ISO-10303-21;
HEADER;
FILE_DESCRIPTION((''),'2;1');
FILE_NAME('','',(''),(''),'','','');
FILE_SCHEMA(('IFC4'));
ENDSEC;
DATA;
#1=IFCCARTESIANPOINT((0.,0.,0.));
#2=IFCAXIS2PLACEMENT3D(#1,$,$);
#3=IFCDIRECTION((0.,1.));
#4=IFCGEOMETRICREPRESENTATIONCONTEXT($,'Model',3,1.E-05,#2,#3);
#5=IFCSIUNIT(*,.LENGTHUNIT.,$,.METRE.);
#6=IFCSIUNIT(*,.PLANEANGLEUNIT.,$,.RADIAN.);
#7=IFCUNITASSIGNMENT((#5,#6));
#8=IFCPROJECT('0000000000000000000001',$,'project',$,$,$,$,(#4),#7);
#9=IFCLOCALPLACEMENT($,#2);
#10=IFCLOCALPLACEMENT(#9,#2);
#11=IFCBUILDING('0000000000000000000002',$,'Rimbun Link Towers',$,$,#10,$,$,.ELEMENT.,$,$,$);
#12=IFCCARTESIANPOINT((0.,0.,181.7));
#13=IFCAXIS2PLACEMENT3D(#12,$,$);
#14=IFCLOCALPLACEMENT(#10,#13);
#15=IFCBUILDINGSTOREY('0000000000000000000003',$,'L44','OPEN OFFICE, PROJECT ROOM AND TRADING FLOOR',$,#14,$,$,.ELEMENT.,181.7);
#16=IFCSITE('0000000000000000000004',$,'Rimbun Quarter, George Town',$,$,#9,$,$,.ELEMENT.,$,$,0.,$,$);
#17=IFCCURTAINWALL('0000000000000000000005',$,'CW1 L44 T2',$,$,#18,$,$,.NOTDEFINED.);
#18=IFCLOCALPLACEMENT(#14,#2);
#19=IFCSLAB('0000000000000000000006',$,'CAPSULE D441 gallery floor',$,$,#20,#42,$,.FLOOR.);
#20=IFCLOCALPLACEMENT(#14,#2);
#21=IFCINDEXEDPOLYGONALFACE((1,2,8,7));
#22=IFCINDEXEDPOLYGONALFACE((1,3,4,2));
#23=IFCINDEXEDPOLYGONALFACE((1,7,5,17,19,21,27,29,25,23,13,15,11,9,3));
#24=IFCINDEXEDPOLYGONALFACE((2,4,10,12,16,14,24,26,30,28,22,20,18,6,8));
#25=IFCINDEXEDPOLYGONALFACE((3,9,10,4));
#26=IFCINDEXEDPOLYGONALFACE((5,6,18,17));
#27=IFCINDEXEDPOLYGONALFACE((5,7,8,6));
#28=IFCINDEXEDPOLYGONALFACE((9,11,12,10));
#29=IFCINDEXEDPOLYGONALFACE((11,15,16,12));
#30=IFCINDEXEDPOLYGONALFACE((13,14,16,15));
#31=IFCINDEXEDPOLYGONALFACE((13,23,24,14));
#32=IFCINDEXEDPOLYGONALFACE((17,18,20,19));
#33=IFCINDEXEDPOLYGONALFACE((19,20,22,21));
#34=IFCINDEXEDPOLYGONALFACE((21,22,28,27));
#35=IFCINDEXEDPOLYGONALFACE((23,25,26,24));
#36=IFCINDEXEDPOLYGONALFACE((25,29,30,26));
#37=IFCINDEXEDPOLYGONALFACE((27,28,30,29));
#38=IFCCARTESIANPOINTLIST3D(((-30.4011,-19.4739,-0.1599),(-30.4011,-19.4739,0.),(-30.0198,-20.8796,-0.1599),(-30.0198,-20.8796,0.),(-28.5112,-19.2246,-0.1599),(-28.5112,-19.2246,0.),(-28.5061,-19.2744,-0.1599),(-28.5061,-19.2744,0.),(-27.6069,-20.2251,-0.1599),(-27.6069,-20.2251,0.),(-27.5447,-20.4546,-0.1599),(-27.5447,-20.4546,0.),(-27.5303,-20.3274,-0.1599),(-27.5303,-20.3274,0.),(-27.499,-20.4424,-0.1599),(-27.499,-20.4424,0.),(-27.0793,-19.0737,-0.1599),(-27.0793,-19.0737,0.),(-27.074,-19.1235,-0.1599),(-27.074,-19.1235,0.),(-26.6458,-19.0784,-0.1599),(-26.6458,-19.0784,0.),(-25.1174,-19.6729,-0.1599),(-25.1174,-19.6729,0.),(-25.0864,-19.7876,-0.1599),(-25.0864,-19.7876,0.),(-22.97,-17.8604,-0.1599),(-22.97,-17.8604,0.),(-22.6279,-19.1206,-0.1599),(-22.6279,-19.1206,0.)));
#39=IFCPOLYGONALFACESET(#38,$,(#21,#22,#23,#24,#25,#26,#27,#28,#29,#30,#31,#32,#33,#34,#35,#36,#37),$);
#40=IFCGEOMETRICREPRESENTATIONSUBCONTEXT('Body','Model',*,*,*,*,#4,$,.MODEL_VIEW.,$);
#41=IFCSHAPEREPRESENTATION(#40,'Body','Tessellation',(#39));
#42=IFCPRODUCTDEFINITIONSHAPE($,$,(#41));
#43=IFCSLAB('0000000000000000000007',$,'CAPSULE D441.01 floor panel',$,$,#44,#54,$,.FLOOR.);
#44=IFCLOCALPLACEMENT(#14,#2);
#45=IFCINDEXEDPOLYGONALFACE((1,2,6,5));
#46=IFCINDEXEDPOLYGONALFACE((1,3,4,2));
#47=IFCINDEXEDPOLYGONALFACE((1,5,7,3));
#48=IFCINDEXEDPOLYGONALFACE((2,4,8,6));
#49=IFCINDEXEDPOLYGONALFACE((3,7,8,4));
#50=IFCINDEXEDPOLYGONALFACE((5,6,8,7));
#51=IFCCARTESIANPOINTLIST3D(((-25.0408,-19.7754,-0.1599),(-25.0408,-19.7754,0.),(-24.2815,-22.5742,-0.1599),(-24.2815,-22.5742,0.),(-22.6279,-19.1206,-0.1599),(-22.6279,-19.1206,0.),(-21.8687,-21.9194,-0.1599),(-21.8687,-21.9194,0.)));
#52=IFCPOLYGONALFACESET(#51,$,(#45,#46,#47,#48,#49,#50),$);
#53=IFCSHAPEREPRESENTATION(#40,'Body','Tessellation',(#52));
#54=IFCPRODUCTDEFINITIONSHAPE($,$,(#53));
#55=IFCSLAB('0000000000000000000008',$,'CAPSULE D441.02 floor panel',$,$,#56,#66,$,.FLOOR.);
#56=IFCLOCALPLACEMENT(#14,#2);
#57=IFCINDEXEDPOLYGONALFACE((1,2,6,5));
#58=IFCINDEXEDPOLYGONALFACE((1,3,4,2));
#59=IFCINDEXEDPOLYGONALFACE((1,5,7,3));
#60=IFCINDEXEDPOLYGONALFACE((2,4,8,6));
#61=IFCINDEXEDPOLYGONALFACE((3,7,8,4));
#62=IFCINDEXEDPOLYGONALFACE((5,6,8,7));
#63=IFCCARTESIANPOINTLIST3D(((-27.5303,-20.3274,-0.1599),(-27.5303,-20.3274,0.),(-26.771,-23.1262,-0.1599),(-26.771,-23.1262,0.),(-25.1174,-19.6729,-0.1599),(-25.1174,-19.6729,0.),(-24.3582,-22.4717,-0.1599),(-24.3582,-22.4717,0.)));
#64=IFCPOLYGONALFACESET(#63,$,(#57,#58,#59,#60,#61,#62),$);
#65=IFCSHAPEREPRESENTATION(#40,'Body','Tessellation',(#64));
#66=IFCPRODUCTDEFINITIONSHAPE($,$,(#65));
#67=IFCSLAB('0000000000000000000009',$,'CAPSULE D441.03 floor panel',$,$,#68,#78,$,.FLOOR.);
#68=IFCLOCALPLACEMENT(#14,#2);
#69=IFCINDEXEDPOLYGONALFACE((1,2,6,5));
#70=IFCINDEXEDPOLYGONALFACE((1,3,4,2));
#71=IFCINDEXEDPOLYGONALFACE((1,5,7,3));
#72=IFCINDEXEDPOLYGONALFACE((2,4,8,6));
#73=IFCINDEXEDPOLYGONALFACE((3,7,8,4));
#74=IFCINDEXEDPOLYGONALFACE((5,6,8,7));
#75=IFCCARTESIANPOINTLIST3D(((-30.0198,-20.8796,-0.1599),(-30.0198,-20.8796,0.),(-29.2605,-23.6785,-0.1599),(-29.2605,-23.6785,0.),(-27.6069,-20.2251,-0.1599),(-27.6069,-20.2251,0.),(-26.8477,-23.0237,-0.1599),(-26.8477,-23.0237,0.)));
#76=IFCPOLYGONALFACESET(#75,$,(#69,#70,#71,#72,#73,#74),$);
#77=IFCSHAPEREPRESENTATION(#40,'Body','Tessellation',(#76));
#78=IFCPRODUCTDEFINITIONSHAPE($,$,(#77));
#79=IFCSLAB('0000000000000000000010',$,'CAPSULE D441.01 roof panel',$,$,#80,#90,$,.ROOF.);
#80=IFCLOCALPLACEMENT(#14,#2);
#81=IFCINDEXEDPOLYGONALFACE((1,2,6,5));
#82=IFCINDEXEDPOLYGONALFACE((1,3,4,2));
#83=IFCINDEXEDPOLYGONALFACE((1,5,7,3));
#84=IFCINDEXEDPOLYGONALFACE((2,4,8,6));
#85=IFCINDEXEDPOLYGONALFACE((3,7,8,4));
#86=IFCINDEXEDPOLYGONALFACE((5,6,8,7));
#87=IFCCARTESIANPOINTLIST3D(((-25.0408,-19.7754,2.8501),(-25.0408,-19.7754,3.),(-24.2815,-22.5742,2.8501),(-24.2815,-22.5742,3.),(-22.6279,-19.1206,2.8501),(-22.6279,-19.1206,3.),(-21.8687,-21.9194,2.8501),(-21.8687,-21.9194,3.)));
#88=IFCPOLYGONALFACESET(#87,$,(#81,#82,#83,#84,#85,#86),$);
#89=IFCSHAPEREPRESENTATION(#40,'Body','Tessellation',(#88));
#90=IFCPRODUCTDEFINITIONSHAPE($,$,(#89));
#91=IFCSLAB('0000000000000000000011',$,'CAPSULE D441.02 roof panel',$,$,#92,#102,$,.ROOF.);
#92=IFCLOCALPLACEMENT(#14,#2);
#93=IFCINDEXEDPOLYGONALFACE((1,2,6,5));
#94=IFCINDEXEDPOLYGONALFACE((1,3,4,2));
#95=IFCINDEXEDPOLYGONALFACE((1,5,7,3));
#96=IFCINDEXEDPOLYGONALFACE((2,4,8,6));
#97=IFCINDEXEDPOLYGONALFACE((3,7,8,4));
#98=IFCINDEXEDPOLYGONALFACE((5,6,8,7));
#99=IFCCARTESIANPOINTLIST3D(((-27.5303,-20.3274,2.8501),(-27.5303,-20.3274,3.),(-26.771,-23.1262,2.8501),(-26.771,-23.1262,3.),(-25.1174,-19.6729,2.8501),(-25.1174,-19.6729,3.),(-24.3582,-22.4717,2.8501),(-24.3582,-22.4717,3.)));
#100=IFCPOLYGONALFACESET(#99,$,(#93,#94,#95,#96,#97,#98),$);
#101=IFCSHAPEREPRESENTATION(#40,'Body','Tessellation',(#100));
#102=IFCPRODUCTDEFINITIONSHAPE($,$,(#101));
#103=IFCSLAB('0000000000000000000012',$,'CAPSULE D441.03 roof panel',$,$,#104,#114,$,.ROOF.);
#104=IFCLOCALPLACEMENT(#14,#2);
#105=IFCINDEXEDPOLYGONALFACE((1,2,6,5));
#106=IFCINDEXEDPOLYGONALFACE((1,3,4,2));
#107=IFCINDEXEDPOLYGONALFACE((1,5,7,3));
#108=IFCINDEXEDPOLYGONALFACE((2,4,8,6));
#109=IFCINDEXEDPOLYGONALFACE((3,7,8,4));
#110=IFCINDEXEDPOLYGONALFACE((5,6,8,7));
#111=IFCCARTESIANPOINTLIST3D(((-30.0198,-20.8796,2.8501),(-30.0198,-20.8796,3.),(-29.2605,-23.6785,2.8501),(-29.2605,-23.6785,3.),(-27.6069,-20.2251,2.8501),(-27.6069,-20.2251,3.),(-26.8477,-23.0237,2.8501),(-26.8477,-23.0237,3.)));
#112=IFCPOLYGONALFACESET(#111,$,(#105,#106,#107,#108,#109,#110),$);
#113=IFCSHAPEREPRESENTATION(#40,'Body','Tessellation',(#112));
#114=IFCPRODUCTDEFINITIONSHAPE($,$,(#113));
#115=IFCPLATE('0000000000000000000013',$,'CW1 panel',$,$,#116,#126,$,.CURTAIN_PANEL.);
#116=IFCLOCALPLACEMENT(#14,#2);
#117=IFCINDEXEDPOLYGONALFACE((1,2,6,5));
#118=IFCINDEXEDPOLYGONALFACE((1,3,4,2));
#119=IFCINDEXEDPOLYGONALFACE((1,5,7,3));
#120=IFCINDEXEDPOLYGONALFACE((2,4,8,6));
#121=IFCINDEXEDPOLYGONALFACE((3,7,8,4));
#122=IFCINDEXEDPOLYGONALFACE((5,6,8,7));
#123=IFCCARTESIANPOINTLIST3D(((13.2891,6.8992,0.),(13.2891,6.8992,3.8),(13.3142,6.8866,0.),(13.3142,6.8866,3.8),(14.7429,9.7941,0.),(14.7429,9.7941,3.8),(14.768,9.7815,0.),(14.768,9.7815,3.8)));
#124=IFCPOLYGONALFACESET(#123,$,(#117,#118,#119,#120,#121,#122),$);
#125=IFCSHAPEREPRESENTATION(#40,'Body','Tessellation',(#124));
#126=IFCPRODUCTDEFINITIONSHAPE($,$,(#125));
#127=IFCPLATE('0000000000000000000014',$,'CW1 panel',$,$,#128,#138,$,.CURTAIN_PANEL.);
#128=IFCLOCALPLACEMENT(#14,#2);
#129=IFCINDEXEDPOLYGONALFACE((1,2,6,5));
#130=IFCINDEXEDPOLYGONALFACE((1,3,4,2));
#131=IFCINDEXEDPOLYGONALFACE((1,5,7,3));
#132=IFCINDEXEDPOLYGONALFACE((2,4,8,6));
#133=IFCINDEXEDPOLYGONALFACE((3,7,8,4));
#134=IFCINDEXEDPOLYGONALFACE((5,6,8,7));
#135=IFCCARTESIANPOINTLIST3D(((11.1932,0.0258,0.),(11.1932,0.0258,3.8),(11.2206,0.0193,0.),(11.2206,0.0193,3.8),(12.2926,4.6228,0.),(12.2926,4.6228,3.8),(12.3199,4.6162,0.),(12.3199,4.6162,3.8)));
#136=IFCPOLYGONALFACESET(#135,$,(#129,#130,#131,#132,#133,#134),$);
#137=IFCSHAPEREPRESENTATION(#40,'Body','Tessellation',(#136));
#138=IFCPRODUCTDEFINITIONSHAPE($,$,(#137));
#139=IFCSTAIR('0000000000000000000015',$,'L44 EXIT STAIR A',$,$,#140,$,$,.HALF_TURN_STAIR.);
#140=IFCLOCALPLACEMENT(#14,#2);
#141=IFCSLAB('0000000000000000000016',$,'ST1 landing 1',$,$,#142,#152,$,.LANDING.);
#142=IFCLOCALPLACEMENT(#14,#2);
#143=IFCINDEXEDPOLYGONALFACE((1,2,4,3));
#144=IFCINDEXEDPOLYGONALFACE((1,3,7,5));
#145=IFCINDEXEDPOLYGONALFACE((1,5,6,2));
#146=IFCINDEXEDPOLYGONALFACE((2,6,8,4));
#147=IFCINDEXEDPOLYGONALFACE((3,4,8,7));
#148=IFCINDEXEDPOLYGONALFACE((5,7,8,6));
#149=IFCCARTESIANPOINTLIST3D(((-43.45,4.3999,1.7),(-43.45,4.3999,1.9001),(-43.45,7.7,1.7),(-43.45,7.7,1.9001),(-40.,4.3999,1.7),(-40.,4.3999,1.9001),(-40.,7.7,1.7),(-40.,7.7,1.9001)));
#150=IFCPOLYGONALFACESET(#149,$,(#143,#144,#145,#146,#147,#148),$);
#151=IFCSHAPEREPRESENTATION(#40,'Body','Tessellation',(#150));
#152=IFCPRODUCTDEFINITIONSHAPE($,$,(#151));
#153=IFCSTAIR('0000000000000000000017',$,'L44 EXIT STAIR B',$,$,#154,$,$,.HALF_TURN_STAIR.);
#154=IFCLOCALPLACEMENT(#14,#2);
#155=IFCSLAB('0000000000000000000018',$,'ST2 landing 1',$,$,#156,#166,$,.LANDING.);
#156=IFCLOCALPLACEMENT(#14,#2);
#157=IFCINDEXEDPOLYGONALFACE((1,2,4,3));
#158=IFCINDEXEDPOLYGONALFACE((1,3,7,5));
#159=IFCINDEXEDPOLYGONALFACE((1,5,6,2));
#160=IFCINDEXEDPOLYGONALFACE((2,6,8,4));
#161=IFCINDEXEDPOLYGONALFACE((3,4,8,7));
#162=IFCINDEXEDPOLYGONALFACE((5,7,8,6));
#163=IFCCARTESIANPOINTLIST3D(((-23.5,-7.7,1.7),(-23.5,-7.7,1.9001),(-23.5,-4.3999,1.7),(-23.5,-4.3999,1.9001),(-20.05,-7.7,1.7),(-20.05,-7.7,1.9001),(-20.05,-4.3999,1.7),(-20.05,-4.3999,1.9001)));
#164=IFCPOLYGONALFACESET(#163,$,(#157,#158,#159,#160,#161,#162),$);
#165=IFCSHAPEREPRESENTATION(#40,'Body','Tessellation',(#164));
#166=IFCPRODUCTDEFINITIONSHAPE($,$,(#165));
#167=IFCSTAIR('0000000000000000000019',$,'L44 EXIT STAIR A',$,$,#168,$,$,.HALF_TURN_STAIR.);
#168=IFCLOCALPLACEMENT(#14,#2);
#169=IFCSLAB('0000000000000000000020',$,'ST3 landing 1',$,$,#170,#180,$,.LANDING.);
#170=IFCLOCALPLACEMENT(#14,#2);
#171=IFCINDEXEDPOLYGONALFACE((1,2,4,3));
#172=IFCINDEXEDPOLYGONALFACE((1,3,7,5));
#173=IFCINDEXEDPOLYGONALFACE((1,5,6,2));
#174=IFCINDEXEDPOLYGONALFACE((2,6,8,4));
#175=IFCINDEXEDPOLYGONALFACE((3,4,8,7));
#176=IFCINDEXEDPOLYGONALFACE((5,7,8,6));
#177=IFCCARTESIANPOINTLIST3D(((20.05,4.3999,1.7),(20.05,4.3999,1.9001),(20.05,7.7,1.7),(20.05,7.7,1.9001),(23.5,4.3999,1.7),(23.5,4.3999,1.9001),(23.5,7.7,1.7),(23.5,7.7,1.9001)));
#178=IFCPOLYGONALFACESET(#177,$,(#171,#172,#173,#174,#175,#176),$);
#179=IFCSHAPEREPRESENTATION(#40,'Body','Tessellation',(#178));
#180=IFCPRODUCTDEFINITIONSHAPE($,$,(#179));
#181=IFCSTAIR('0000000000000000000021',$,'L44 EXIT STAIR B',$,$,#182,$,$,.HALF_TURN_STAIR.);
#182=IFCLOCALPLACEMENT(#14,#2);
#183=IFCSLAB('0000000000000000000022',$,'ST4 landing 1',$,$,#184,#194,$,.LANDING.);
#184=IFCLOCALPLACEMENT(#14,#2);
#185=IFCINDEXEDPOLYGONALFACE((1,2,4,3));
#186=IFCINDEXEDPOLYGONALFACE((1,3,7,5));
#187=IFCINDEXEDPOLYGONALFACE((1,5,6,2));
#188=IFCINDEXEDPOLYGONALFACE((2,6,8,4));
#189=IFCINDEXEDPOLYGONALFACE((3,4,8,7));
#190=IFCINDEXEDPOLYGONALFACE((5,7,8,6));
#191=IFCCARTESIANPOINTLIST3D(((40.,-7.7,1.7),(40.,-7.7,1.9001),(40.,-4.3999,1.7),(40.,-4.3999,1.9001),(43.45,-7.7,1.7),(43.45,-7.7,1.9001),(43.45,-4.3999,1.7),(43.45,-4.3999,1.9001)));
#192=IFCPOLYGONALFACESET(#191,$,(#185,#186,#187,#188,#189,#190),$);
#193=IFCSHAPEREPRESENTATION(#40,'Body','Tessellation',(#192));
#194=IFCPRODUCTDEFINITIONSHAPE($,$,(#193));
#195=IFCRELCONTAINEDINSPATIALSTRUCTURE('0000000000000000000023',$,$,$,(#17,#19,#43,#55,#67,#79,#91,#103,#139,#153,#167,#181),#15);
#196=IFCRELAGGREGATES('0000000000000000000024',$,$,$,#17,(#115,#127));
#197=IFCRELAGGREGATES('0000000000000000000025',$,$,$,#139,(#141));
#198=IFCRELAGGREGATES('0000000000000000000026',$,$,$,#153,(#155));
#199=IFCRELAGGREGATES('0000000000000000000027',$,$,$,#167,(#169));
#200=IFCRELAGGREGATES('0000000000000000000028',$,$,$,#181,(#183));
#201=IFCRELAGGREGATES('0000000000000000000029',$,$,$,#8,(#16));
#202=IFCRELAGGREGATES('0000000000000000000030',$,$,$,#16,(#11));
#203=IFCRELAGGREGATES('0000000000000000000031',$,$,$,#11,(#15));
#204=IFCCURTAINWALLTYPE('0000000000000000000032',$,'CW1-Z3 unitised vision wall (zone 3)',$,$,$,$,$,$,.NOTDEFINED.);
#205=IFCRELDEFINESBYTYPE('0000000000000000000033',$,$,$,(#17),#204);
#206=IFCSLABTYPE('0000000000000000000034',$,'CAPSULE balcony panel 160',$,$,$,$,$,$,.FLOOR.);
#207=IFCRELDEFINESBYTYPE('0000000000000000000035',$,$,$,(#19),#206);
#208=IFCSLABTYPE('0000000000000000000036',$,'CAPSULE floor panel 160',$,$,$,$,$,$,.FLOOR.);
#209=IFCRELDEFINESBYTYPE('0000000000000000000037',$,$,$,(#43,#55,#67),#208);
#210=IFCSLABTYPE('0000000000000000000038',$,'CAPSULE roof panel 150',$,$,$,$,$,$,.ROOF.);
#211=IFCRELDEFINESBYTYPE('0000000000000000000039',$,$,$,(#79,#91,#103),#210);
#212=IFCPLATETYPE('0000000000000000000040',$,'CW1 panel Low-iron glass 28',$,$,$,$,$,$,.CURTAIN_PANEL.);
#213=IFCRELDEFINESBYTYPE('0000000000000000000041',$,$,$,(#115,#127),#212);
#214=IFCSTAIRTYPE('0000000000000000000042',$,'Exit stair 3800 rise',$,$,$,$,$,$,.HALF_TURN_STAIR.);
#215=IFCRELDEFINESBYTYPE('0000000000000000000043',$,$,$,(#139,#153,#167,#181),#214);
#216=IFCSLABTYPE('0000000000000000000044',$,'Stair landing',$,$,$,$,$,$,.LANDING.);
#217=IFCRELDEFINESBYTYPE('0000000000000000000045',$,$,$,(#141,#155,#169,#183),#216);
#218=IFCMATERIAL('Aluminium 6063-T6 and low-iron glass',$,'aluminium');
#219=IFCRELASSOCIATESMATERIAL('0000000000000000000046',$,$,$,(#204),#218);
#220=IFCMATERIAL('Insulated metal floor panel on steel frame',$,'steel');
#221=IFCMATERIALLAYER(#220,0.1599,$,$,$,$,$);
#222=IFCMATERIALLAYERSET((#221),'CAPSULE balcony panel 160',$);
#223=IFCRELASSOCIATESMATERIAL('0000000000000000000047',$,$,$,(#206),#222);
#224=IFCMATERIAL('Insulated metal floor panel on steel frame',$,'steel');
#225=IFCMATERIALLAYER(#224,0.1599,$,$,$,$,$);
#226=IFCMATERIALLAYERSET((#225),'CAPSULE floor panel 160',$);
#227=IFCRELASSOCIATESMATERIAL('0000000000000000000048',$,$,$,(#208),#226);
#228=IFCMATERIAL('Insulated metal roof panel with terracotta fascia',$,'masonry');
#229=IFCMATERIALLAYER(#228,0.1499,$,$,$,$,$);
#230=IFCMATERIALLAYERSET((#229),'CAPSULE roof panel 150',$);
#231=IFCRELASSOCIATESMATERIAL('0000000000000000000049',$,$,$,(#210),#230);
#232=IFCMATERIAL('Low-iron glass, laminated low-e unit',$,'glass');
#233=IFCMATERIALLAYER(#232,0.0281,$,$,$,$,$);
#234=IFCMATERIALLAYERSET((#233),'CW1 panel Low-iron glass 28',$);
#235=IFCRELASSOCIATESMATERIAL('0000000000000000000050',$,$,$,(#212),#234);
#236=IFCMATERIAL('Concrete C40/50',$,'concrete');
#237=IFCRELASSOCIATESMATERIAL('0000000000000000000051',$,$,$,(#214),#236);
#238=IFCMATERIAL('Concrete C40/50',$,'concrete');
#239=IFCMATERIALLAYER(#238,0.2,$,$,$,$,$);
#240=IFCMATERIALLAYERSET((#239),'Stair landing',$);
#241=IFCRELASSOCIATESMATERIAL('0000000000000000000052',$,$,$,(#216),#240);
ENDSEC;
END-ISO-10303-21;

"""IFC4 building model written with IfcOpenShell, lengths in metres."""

from ifc_helpers import new_model, si_unit, direction, frame, origin, origin_2d, place, context, subcontext, project, spatial, polyline, rectangle, outline, extrude, material, layer, layer_set, type_object, element, aggregate, save


model = new_model("IFC4")

# Units and contexts
model_context = context("Model", 3, precision=1e-05, world=origin(), true_north=direction((0.0, 1.0)))
body_context = subcontext(model_context, "Body", "Model", "MODEL_VIEW")
ifc_project = project(units=[si_unit("LENGTHUNIT", "METRE"), si_unit("PLANEANGLEUNIT", "RADIAN")], contexts=[model_context])

# Site, building, storey
site_placement = place(None, origin())
site = spatial("IfcSite", under=ifc_project, at=site_placement, Name="Rimbun Quarter, George Town", CompositionType="ELEMENT", RefElevation=0.0)
building_placement = place(site_placement, origin())
building = spatial("IfcBuilding", under=site, at=building_placement, Name="Rimbun Link Towers", CompositionType="ELEMENT")
storey_placement = place(building_placement, frame((0.0, 0.0, 181.7)))
storey = spatial("IfcBuildingStorey", under=building, at=storey_placement, Name="L44", Description="OPEN OFFICE, PROJECT ROOM AND TRADING FLOOR", CompositionType="ELEMENT", Elevation=181.7)

# Curtain wall
ifc_material_1 = material(Name="Aluminium 6063-T6 and low-iron glass", Category="aluminium")
curtain_wall_type = type_object("IfcCurtainWallType", Name="CW1-Z3 unitised vision wall (zone 3)", PredefinedType="NOTDEFINED", material=ifc_material_1)
curtain_wall_placement = place(storey_placement, origin())
curtain_wall = element("IfcCurtainWall", 1, at=curtain_wall_placement, inside=storey, type_object=curtain_wall_type, Name="CW1 L44 T2", PredefinedType="NOTDEFINED")

# Slabs
ifc_material_2 = material(Name="Insulated metal floor panel on steel frame", Category="steel")
ifc_layer_1 = layer(ifc_material_2, 0.1599)
ifc_layer_set_1 = layer_set([ifc_layer_1], Name="CAPSULE balcony panel 160")
slab_type_1 = type_object("IfcSlabType", Name="CAPSULE balcony panel 160", PredefinedType="FLOOR", material=ifc_layer_set_1)
slab_1_placement = place(storey_placement, frame((0.0, 0.0, -0.1599)))
element("IfcSlab", 2, at=slab_1_placement, inside=storey, type_object=slab_type_1, Name="CAPSULE D441 gallery floor", PredefinedType="FLOOR", context=body_context, shape_type="SweptSolid", body=[
    extrude(outline(polyline([(-27.074, -19.1235), (-27.0793, -19.0737), (-28.5112, -19.2246), (-28.5061, -19.2744), (-30.4011, -19.4739), (-29.9575, -21.1091), (-30.0198, -20.8796), (-27.6069, -20.2251), (-27.5447, -20.4546), (-27.499, -20.4424), (-27.5303, -20.3274), (-25.1174, -19.6729), (-25.0864, -19.7876), (-22.6279, -19.1206), (-22.97, -17.8604), (-26.6458, -19.0784), (-27.074, -19.1235)])), origin(), (0.0, 0.0, 1.0), 0.1599),
])
ifc_material_3 = material(Name="Insulated metal floor panel on steel frame", Category="steel")
ifc_layer_2 = layer(ifc_material_3, 0.1599)
ifc_layer_set_2 = layer_set([ifc_layer_2], Name="CAPSULE floor panel 160")
slab_type_2 = type_object("IfcSlabType", Name="CAPSULE floor panel 160", PredefinedType="FLOOR", material=ifc_layer_set_2)
slab_2_placement = place(storey_placement, frame((0.0, 0.0, -0.1599)))
element("IfcSlab", 3, at=slab_2_placement, inside=storey, type_object=slab_type_2, Name="CAPSULE D441.01 floor panel", PredefinedType="FLOOR", context=body_context, shape_type="SweptSolid", body=[
    extrude(outline(polyline([(-24.2815, -22.5742), (-21.8687, -21.9194), (-22.6279, -19.1206), (-25.0408, -19.7754), (-24.2815, -22.5742)])), origin(), (0.0, 0.0, 1.0), 0.1599),
])
slab_3_placement = place(storey_placement, frame((0.0, 0.0, -0.1599)))
element("IfcSlab", 4, at=slab_3_placement, inside=storey, type_object=slab_type_2, Name="CAPSULE D441.02 floor panel", PredefinedType="FLOOR", context=body_context, shape_type="SweptSolid", body=[
    extrude(outline(polyline([(-26.771, -23.1262), (-24.3582, -22.4717), (-25.1174, -19.6729), (-27.5303, -20.3274), (-26.771, -23.1262)])), origin(), (0.0, 0.0, 1.0), 0.1599),
])
slab_4_placement = place(storey_placement, frame((0.0, 0.0, -0.1599)))
element("IfcSlab", 5, at=slab_4_placement, inside=storey, type_object=slab_type_2, Name="CAPSULE D441.03 floor panel", PredefinedType="FLOOR", context=body_context, shape_type="SweptSolid", body=[
    extrude(outline(polyline([(-29.2605, -23.6785), (-26.8477, -23.0237), (-27.6069, -20.2251), (-30.0198, -20.8796), (-29.2605, -23.6785)])), origin(), (0.0, 0.0, 1.0), 0.1599),
])
ifc_material_4 = material(Name="Insulated metal roof panel with terracotta fascia", Category="masonry")
ifc_layer_3 = layer(ifc_material_4, 0.1499)
ifc_layer_set_3 = layer_set([ifc_layer_3], Name="CAPSULE roof panel 150")
slab_type_3 = type_object("IfcSlabType", Name="CAPSULE roof panel 150", PredefinedType="ROOF", material=ifc_layer_set_3)
slab_5_placement = place(storey_placement, frame((0.0, 0.0, 2.8501)))
element("IfcSlab", 6, at=slab_5_placement, inside=storey, type_object=slab_type_3, Name="CAPSULE D441.01 roof panel", PredefinedType="ROOF", context=body_context, shape_type="SweptSolid", body=[
    extrude(outline(polyline([(-24.2815, -22.5742), (-21.8687, -21.9194), (-22.6279, -19.1206), (-25.0408, -19.7754), (-24.2815, -22.5742)])), origin(), (0.0, 0.0, 1.0), 0.1499),
])
slab_6_placement = place(storey_placement, frame((0.0, 0.0, 2.8501)))
element("IfcSlab", 7, at=slab_6_placement, inside=storey, type_object=slab_type_3, Name="CAPSULE D441.02 roof panel", PredefinedType="ROOF", context=body_context, shape_type="SweptSolid", body=[
    extrude(outline(polyline([(-26.771, -23.1262), (-24.3582, -22.4717), (-25.1174, -19.6729), (-27.5303, -20.3274), (-26.771, -23.1262)])), origin(), (0.0, 0.0, 1.0), 0.1499),
])
slab_7_placement = place(storey_placement, frame((0.0, 0.0, 2.8501)))
element("IfcSlab", 8, at=slab_7_placement, inside=storey, type_object=slab_type_3, Name="CAPSULE D441.03 roof panel", PredefinedType="ROOF", context=body_context, shape_type="SweptSolid", body=[
    extrude(outline(polyline([(-29.2605, -23.6785), (-26.8477, -23.0237), (-27.6069, -20.2251), (-30.0198, -20.8796), (-29.2605, -23.6785)])), origin(), (0.0, 0.0, 1.0), 0.1499),
])

# Plates
ifc_material_5 = material(Name="Low-iron glass, laminated low-e unit", Category="glass")
ifc_layer_4 = layer(ifc_material_5, 0.0281)
ifc_layer_set_4 = layer_set([ifc_layer_4], Name="CW1 panel Low-iron glass 28")
plate_type = type_object("IfcPlateType", Name="CW1 panel Low-iron glass 28", PredefinedType="CURTAIN_PANEL", material=ifc_layer_set_4)
plate_1_placement = place(storey_placement, frame((14.0286, 8.3403, 0.0), z_axis=(0.0, 0.0, 1.0), x_axis=(0.448781, 0.893642, 0.0)))
plate_1 = element("IfcPlate", 9, at=plate_1_placement, type_object=plate_type, Name="CW1 panel", PredefinedType="CURTAIN_PANEL", context=body_context, shape_type="SweptSolid", body=[
    extrude(rectangle(XDim=3.2395, YDim=0.0281, at=origin_2d()), origin(), (0.0, 0.0, 1.0), 3.8),
])
plate_2_placement = place(storey_placement, frame((11.7566, 2.321, 0.0), z_axis=(0.0, 0.0, 1.0), x_axis=(0.232596, 0.972573, 0.0)))
plate_2 = element("IfcPlate", 10, at=plate_2_placement, type_object=plate_type, Name="CW1 panel", PredefinedType="CURTAIN_PANEL", context=body_context, shape_type="SweptSolid", body=[
    extrude(rectangle(XDim=4.7266, YDim=0.0281, at=origin_2d()), origin(), (0.0, 0.0, 1.0), 3.8),
])
aggregate(curtain_wall, [plate_1, plate_2])

# Stairs, slabs
ifc_material_6 = material(Name="Concrete C40/50", Category="concrete")
stair_type = type_object("IfcStairType", Name="Exit stair 3800 rise", PredefinedType="HALF_TURN_STAIR", material=ifc_material_6)
stair_1_placement = place(storey_placement, origin())
stair_1 = element("IfcStair", 11, at=stair_1_placement, inside=storey, type_object=stair_type, Name="L44 EXIT STAIR A", PredefinedType="HALF_TURN_STAIR")
ifc_material_7 = material(Name="Concrete C40/50", Category="concrete")
ifc_layer_5 = layer(ifc_material_7, 0.2)
ifc_layer_set_5 = layer_set([ifc_layer_5], Name="Stair landing")
slab_type_4 = type_object("IfcSlabType", Name="Stair landing", PredefinedType="LANDING", material=ifc_layer_set_5)
slab_8_placement = place(storey_placement, frame((0.0, 0.0, 1.7)))
slab_8 = element("IfcSlab", 12, at=slab_8_placement, type_object=slab_type_4, Name="ST1 landing 1", PredefinedType="LANDING", context=body_context, shape_type="SweptSolid", body=[
    extrude(outline(polyline([(-40.0, 7.7), (-43.45, 7.7), (-43.45, 4.3999), (-40.0, 4.3999), (-40.0, 7.7)])), origin(), (0.0, 0.0, 1.0), 0.2002),
])
aggregate(stair_1, [slab_8])
stair_2_placement = place(storey_placement, origin())
stair_2 = element("IfcStair", 13, at=stair_2_placement, inside=storey, type_object=stair_type, Name="L44 EXIT STAIR B", PredefinedType="HALF_TURN_STAIR")
slab_9_placement = place(storey_placement, frame((0.0, 0.0, 1.7)))
slab_9 = element("IfcSlab", 14, at=slab_9_placement, type_object=slab_type_4, Name="ST2 landing 1", PredefinedType="LANDING", context=body_context, shape_type="SweptSolid", body=[
    extrude(outline(polyline([(-23.5, -7.7), (-20.05, -7.7), (-20.05, -4.3999), (-23.5, -4.3999), (-23.5, -7.7)])), origin(), (0.0, 0.0, 1.0), 0.2002),
])
aggregate(stair_2, [slab_9])
stair_3_placement = place(storey_placement, origin())
stair_3 = element("IfcStair", 15, at=stair_3_placement, inside=storey, type_object=stair_type, Name="L44 EXIT STAIR A", PredefinedType="HALF_TURN_STAIR")
slab_10_placement = place(storey_placement, frame((0.0, 0.0, 1.7)))
slab_10 = element("IfcSlab", 16, at=slab_10_placement, type_object=slab_type_4, Name="ST3 landing 1", PredefinedType="LANDING", context=body_context, shape_type="SweptSolid", body=[
    extrude(outline(polyline([(23.5, 7.7), (20.05, 7.7), (20.05, 4.3999), (23.5, 4.3999), (23.5, 7.7)])), origin(), (0.0, 0.0, 1.0), 0.2002),
])
aggregate(stair_3, [slab_10])
stair_4_placement = place(storey_placement, origin())
stair_4 = element("IfcStair", 17, at=stair_4_placement, inside=storey, type_object=stair_type, Name="L44 EXIT STAIR B", PredefinedType="HALF_TURN_STAIR")
slab_11_placement = place(storey_placement, frame((0.0, 0.0, 1.7)))
slab_11 = element("IfcSlab", 18, at=slab_11_placement, type_object=slab_type_4, Name="ST4 landing 1", PredefinedType="LANDING", context=body_context, shape_type="SweptSolid", body=[
    extrude(outline(polyline([(40.0, -7.7), (43.45, -7.7), (43.45, -4.3999), (40.0, -4.3999), (40.0, -7.7)])), origin(), (0.0, 0.0, 1.0), 0.2002),
])
aggregate(stair_4, [slab_11])

save(model, "model.ifc")
